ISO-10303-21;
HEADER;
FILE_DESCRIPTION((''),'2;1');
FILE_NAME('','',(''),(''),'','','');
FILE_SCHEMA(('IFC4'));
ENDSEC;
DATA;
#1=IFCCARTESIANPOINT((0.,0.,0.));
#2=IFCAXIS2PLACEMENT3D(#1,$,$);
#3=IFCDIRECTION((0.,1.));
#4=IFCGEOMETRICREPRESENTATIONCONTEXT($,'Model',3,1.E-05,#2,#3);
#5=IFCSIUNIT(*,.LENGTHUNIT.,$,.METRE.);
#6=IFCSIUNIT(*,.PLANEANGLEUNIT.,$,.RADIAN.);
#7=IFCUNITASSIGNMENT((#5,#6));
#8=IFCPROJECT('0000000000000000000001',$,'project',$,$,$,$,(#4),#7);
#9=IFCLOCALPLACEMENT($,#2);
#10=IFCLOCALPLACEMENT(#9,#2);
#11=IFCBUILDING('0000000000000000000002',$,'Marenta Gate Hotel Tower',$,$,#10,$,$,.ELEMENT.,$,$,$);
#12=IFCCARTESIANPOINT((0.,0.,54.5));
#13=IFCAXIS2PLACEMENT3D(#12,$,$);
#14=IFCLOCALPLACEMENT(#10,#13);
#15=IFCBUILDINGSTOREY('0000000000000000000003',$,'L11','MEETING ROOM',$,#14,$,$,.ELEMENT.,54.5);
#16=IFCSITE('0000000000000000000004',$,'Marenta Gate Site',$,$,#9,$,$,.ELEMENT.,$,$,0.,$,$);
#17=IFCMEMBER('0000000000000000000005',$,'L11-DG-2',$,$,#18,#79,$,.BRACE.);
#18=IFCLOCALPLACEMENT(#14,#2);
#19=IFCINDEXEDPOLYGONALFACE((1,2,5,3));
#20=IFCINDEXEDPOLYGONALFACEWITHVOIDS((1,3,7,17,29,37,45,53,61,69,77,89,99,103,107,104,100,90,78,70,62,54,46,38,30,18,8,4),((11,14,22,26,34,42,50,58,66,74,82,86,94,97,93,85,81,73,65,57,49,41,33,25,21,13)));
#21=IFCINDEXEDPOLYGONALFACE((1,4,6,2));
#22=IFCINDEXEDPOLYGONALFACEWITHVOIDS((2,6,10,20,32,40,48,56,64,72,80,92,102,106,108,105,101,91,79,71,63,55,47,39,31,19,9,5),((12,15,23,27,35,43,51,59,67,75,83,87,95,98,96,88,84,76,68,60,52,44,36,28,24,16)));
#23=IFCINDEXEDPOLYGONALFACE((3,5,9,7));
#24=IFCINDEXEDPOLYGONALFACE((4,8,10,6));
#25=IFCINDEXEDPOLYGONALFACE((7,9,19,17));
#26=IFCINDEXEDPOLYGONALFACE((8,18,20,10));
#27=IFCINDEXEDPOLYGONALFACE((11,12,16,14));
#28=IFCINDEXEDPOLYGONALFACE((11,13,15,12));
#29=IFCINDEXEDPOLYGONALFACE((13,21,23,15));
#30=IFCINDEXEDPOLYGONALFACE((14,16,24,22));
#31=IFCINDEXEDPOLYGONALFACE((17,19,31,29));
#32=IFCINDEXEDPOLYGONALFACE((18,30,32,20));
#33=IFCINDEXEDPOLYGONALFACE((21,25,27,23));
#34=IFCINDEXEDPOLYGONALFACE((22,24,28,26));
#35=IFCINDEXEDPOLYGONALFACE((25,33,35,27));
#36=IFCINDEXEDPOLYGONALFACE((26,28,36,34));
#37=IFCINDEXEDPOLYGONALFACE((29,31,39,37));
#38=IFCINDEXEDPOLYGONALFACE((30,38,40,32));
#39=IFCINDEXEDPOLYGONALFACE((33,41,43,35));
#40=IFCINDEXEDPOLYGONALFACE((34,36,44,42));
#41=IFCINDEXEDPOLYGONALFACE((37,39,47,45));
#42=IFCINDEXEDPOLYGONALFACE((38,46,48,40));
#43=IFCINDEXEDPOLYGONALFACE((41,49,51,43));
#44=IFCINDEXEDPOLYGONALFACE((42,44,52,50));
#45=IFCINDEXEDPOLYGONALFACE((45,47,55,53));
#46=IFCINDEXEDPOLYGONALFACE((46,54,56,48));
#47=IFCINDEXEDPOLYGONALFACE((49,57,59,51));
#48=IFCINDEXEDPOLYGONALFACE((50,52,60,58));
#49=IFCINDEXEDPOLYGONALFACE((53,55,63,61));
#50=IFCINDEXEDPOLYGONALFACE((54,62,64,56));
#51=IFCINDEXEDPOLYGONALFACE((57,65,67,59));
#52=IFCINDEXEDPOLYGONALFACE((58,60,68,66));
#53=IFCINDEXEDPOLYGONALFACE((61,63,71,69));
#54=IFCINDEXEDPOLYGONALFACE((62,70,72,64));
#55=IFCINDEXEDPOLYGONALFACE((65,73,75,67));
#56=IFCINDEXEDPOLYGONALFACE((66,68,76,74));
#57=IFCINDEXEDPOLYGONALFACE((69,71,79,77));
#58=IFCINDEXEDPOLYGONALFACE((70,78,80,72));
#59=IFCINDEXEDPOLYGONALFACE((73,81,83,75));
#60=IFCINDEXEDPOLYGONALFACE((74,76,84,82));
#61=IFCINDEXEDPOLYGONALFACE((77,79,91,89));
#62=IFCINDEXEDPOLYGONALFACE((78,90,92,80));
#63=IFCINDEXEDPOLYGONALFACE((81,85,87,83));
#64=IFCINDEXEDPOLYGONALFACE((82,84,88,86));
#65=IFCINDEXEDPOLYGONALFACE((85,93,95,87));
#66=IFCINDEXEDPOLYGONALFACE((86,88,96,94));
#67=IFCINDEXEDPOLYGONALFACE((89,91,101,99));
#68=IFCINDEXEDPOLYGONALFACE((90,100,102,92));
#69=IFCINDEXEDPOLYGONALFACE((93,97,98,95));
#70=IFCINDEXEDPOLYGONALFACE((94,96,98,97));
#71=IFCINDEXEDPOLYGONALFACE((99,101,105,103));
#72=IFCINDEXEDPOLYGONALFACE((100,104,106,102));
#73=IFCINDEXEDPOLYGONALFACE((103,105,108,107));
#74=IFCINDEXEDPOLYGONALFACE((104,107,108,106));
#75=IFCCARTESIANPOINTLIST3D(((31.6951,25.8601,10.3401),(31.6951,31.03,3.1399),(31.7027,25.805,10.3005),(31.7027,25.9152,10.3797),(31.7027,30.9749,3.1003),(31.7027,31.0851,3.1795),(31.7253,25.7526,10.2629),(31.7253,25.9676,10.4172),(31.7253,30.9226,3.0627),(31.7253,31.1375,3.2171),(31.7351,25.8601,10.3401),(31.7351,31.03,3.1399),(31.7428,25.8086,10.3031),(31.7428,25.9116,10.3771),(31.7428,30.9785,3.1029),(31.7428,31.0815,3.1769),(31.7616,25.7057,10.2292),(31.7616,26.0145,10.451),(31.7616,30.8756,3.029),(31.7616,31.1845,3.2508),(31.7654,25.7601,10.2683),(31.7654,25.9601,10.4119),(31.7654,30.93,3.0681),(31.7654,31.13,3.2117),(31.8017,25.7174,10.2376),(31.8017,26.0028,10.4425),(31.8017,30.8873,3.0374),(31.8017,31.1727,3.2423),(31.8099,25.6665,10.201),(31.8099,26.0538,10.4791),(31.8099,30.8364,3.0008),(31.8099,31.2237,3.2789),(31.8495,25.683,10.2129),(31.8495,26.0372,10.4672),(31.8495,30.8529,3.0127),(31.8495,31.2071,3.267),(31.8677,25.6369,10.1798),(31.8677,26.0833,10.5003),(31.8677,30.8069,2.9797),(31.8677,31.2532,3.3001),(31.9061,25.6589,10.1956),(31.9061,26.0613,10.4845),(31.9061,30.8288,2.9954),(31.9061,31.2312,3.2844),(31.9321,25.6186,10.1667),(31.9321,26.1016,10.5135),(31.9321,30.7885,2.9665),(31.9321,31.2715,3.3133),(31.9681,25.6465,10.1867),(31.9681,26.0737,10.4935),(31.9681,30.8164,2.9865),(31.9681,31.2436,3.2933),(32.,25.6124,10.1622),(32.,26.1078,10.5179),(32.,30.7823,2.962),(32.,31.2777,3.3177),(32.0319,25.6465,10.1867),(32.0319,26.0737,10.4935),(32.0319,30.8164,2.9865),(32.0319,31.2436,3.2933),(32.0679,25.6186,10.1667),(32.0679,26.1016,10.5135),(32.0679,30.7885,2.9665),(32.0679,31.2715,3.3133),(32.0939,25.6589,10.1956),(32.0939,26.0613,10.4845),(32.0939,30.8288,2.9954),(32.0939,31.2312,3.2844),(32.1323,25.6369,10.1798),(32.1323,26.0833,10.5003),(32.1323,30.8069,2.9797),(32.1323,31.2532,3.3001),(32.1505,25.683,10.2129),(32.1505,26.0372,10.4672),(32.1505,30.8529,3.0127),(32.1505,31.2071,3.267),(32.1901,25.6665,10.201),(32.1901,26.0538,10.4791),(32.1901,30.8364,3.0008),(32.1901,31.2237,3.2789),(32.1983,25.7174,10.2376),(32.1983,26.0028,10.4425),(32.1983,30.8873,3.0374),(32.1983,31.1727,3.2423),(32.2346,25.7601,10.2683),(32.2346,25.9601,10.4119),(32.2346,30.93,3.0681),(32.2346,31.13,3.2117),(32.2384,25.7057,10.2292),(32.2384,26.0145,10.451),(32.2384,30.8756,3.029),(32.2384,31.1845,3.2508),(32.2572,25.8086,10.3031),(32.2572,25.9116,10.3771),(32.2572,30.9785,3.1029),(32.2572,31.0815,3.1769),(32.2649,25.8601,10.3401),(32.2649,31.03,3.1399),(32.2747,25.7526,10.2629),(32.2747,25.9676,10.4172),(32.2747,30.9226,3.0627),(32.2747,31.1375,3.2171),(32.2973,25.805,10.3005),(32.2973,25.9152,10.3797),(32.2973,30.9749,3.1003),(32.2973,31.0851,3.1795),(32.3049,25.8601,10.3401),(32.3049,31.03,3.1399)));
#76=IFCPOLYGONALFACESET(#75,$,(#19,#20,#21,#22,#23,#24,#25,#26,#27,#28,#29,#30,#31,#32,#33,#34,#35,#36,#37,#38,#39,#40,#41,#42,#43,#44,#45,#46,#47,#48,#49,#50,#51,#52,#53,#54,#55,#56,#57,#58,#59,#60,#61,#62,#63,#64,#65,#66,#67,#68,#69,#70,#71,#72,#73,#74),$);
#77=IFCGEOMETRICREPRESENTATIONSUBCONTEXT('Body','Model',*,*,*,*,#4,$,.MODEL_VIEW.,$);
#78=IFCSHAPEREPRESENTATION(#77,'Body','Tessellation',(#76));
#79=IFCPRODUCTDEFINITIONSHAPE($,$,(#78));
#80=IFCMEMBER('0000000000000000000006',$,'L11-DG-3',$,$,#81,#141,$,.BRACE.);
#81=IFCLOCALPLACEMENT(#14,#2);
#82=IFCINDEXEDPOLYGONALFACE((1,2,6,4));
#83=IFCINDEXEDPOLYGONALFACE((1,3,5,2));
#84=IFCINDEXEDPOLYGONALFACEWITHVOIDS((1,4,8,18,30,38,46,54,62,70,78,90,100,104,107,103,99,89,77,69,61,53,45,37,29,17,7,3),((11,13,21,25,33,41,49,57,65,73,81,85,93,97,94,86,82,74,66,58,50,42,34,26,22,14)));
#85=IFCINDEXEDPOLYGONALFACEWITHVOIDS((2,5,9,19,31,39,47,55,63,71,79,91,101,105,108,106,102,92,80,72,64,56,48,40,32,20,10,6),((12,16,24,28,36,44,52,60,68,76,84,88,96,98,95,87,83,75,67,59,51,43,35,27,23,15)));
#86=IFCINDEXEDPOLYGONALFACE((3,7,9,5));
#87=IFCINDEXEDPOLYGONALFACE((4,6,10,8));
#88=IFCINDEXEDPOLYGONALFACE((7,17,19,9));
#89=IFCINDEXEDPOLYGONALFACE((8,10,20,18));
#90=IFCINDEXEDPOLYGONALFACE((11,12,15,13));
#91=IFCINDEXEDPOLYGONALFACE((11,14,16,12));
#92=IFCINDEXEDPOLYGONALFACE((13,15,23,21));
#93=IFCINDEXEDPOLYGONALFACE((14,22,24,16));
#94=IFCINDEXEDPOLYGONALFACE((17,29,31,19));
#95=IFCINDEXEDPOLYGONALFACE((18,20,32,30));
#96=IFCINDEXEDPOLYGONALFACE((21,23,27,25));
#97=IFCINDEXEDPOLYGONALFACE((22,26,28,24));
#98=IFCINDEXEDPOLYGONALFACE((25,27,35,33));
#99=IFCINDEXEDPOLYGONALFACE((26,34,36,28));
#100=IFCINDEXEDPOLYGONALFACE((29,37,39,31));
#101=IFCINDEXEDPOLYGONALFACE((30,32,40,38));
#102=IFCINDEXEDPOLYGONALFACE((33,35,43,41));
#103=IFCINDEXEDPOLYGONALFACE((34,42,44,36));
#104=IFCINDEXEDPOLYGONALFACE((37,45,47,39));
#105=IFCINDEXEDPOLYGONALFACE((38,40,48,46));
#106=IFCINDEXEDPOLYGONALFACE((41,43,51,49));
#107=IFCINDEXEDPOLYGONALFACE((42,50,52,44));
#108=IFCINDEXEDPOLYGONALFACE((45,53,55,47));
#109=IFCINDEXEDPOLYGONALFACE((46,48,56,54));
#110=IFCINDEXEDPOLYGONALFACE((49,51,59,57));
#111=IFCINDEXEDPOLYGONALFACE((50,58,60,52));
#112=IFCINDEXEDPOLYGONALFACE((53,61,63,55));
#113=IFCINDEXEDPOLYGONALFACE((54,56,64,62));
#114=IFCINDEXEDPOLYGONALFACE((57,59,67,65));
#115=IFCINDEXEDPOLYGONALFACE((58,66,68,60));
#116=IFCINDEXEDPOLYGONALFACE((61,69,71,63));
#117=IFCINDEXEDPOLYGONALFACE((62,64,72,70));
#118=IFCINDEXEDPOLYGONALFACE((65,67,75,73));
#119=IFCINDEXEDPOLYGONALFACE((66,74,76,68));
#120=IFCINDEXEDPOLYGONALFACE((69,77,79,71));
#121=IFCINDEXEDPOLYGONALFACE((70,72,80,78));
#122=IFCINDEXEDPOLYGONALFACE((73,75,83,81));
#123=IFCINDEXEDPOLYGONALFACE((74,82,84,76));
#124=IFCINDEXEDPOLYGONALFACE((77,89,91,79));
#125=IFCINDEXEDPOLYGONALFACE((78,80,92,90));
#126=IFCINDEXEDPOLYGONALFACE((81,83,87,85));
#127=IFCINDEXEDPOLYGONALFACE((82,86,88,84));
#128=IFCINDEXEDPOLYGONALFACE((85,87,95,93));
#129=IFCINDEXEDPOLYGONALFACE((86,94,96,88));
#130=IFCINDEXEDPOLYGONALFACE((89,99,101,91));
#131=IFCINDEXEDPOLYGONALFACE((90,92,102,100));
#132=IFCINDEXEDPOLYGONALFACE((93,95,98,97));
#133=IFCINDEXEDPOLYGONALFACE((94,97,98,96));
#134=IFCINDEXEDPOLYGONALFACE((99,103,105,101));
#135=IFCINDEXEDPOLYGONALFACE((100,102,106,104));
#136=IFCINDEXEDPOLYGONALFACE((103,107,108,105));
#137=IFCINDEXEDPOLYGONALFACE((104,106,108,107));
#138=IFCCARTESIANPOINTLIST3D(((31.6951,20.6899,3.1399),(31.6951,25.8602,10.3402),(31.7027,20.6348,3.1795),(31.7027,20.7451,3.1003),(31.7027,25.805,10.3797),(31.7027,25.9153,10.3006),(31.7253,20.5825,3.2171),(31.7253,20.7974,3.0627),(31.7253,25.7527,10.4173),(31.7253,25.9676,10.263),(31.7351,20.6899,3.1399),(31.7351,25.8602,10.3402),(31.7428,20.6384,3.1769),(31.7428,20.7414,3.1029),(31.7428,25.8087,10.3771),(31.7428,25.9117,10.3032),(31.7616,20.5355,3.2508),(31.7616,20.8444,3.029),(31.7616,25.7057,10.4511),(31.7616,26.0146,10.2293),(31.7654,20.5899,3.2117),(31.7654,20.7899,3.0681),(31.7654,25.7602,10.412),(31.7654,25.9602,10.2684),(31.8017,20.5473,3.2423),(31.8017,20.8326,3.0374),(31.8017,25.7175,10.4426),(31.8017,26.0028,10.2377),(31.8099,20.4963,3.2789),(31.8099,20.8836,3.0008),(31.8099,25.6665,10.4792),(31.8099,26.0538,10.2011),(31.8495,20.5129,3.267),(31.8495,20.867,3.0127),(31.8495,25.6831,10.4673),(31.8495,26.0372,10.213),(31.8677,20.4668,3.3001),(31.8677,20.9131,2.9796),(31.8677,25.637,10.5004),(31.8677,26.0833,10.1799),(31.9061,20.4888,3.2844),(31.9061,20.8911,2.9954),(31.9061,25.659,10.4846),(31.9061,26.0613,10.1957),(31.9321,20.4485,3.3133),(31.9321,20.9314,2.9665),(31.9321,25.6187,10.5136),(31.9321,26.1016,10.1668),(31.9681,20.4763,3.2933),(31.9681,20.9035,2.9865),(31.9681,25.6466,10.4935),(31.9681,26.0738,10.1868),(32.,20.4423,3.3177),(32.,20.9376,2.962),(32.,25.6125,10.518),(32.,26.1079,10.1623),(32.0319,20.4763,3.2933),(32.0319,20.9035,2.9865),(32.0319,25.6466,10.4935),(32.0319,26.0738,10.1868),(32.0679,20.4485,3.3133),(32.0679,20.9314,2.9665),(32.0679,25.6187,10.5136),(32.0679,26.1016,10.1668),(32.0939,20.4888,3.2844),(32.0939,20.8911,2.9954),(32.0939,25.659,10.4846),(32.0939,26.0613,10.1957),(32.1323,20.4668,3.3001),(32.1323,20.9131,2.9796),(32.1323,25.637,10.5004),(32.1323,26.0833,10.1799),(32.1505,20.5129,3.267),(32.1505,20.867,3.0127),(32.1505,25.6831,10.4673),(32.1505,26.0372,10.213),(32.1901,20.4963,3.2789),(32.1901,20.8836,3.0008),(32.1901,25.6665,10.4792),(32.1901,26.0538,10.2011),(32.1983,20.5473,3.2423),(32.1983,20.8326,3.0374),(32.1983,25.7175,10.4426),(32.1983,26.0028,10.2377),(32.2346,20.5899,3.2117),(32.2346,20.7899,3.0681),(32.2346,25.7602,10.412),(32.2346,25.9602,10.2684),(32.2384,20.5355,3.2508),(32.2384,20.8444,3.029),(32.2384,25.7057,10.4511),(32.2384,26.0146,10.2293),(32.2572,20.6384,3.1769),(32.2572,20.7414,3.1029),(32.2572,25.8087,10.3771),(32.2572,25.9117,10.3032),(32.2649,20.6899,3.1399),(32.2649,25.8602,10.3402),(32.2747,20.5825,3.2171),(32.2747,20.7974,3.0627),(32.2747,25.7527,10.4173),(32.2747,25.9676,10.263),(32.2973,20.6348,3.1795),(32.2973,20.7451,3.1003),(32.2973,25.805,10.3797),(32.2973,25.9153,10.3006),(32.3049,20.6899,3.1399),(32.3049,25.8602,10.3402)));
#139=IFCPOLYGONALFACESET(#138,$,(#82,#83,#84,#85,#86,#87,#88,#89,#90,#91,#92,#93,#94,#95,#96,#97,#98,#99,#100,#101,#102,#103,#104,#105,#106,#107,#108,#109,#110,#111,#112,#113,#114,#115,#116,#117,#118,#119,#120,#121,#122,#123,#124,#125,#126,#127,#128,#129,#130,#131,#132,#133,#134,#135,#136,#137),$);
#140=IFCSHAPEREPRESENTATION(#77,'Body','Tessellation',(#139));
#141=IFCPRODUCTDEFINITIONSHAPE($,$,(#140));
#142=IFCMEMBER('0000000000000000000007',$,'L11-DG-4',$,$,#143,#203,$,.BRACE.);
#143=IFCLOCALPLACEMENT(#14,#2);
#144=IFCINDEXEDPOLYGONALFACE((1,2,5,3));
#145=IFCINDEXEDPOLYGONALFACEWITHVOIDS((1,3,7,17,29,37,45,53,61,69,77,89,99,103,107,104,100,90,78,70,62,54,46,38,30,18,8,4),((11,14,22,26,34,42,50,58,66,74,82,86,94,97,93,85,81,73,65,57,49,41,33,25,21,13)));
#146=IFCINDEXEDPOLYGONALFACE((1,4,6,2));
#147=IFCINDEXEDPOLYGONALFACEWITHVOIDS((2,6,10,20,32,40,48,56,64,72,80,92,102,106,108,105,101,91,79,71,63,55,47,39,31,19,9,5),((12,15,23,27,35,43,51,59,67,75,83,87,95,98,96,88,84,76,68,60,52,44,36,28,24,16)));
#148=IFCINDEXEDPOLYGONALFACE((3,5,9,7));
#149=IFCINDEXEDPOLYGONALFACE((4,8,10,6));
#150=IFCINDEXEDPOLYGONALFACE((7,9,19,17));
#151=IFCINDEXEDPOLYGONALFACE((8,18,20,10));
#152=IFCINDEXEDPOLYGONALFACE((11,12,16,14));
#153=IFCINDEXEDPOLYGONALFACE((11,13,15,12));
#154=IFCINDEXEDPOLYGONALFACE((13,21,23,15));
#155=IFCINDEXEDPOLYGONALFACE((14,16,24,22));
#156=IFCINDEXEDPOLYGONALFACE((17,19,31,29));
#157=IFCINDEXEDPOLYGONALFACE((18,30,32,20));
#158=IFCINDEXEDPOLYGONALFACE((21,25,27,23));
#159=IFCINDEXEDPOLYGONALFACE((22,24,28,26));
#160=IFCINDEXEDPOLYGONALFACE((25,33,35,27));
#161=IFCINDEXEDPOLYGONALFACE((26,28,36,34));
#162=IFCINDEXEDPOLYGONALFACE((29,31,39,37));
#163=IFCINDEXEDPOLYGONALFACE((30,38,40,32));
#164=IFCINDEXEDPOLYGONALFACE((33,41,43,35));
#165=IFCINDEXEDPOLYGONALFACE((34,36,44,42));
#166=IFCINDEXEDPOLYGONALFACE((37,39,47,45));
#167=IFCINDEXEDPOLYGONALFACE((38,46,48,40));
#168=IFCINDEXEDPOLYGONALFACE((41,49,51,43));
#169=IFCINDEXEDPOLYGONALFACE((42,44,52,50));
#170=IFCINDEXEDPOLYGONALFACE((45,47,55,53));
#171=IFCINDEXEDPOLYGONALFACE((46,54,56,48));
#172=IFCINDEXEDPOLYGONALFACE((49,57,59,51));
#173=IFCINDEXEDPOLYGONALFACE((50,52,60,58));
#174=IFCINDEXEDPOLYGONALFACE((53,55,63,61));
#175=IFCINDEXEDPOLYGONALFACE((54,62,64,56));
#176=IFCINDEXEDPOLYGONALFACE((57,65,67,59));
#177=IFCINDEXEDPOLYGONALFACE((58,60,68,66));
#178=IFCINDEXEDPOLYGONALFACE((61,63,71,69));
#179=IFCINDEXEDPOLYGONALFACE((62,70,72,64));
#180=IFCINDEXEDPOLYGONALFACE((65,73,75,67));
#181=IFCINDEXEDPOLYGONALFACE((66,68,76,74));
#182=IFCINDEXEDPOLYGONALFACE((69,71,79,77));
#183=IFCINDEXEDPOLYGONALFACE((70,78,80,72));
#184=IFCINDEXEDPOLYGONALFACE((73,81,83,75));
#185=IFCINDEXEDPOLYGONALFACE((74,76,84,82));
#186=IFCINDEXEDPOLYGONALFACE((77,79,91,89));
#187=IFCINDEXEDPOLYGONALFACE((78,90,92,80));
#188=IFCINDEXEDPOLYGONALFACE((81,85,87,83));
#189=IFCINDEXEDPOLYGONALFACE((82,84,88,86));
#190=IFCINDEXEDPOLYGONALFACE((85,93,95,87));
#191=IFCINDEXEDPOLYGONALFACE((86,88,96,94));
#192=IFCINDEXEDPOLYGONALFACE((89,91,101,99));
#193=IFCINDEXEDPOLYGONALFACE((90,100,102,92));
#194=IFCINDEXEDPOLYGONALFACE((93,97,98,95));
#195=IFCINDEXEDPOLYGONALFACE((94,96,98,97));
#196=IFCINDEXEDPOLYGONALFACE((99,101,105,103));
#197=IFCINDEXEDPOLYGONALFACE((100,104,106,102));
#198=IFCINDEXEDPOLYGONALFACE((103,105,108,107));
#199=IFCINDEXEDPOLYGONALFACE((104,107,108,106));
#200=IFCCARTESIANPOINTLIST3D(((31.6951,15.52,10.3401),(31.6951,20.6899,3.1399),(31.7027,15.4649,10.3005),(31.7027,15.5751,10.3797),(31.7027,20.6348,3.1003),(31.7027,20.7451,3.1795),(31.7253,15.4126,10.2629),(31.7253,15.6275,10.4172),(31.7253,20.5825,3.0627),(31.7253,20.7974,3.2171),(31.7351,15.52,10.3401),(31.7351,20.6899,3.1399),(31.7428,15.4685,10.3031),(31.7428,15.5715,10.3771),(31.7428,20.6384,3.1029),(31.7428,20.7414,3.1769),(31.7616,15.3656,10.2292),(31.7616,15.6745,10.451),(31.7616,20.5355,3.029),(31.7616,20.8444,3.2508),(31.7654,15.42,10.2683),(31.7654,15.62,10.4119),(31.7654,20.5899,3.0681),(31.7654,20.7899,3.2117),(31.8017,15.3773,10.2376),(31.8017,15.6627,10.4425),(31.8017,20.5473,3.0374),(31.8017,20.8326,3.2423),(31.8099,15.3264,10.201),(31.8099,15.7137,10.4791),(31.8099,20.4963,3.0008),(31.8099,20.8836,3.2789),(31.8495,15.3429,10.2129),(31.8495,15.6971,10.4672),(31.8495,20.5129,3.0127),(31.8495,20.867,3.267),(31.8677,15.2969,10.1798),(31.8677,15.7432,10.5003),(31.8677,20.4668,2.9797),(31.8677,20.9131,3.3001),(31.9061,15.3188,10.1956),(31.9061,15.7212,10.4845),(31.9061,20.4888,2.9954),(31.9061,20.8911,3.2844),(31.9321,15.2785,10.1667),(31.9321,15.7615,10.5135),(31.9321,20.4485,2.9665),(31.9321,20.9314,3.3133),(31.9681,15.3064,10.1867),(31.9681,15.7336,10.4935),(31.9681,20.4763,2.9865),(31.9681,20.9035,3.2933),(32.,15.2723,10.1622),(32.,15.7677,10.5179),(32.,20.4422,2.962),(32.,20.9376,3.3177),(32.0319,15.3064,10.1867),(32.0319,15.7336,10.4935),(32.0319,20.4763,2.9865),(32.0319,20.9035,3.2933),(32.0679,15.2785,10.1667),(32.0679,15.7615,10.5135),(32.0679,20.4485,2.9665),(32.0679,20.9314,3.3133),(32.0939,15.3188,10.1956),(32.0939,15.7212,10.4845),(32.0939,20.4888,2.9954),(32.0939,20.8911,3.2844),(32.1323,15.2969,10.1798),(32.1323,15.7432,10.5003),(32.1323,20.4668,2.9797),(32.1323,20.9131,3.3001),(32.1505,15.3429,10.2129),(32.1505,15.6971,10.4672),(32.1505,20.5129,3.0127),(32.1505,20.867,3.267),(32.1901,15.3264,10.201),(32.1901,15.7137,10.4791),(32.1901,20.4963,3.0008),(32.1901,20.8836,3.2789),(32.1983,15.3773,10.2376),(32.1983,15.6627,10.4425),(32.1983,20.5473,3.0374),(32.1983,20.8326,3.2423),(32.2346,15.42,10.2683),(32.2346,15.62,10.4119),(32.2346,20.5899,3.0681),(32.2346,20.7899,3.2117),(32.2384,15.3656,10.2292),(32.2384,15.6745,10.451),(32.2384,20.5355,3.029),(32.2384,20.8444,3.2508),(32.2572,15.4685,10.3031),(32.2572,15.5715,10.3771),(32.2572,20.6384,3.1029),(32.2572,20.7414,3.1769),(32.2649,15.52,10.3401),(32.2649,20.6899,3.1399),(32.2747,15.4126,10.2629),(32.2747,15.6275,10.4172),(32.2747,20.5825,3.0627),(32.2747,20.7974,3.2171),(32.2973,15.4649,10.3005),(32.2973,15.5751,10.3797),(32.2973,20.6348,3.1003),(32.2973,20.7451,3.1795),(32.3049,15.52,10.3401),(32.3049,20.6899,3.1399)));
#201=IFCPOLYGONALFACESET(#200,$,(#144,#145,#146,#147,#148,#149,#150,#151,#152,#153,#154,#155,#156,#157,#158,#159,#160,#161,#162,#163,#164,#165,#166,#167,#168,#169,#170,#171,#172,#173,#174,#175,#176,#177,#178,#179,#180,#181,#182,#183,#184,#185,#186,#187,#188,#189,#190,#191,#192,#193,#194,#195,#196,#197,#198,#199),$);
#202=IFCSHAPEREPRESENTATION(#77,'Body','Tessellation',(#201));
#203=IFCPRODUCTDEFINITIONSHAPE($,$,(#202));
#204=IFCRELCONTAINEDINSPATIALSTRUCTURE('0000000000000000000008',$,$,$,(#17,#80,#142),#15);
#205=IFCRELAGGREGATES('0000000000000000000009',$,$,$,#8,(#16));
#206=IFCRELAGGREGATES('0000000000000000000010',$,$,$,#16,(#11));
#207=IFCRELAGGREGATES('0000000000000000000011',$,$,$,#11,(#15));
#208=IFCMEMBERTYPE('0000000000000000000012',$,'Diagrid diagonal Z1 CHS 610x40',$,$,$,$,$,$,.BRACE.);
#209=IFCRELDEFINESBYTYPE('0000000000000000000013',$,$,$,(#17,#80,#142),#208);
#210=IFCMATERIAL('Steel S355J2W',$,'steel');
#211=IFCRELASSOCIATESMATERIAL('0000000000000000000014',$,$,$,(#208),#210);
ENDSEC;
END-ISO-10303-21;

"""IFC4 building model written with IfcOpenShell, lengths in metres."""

from ifc_helpers import new_model, si_unit, direction, frame, origin, origin_2d, place, context, subcontext, project, spatial, hollow_circle, extrude, material, material_profile, profile_set, type_object, element, save


model = new_model("IFC4")

# Units and contexts
model_context = context("Model", 3, precision=1e-05, world=origin(), true_north=direction((0.0, 1.0)))
body_context = subcontext(model_context, "Body", "Model", "MODEL_VIEW")
ifc_project = project(units=[si_unit("LENGTHUNIT", "METRE"), si_unit("PLANEANGLEUNIT", "RADIAN")], contexts=[model_context])

# Site, building, storey
site_placement = place(None, origin())
site = spatial("IfcSite", under=ifc_project, at=site_placement, Name="Marenta Gate Site", CompositionType="ELEMENT", RefElevation=0.0)
building_placement = place(site_placement, origin())
building = spatial("IfcBuilding", under=site, at=building_placement, Name="Marenta Gate Hotel Tower", CompositionType="ELEMENT")
storey_placement = place(building_placement, frame((0.0, 0.0, 54.5)))
storey = spatial("IfcBuildingStorey", under=building, at=storey_placement, Name="L11", Description="MEETING ROOM", CompositionType="ELEMENT", Elevation=54.5)

# Members
ifc_material_1 = material(Name="Steel S355J2W", Category="steel")
ifc_material_profile_1 = material_profile(ifc_material_1, hollow_circle(Radius=0.3049, WallThickness=0.04, at=origin_2d()), Name="CHS 610x40")
ifc_profile_set_1 = profile_set([ifc_material_profile_1], Name="Steel S355J2W")
member_type_1 = type_object("IfcMemberType", Name="Diagrid diagonal Z1 CHS 610x40", PredefinedType="BRACE", material=ifc_profile_set_1)
for number, where, z_axis, x_axis, name in (
    (1, (32.0, 31.03, 3.1399), (0.0, -0.583248, 0.812294), (1.0, 0.0, 0.0), "L11-DG-2"),
):
    element("IfcMember", number, at=place(storey_placement, frame(where, z_axis=z_axis, x_axis=x_axis)), inside=storey, type_object=member_type_1, Name=name, PredefinedType="BRACE", context=body_context, shape_type="SweptSolid", body=[
        extrude(hollow_circle(Radius=0.3049, WallThickness=0.04, at=origin_2d()), origin(), (0.0, 0.0, 1.0), 8.864),
    ])
member_1_placement = place(storey_placement, frame((32.0, 20.6899, 3.1399), z_axis=(0.0, 0.583266, 0.812281), x_axis=(-1.0, 0.0, 0.0)))
element("IfcMember", 2, at=member_1_placement, inside=storey, type_object=member_type_1, Name="L11-DG-3", PredefinedType="BRACE", context=body_context, shape_type="SweptSolid", body=[
    extrude(hollow_circle(Radius=0.3049, WallThickness=0.04, at=origin_2d()), origin(), (0.0, 0.0, 1.0), 8.8643),
])
member_2_placement = place(storey_placement, frame((32.0, 20.6899, 3.1399), z_axis=(0.0, -0.583248, 0.812294), x_axis=(1.0, 0.0, 0.0)))
element("IfcMember", 3, at=member_2_placement, inside=storey, type_object=member_type_1, Name="L11-DG-4", PredefinedType="BRACE", context=body_context, shape_type="SweptSolid", body=[
    extrude(hollow_circle(Radius=0.3049, WallThickness=0.04, at=origin_2d()), origin(), (0.0, 0.0, 1.0), 8.864),
])

save(model, "model.ifc")
